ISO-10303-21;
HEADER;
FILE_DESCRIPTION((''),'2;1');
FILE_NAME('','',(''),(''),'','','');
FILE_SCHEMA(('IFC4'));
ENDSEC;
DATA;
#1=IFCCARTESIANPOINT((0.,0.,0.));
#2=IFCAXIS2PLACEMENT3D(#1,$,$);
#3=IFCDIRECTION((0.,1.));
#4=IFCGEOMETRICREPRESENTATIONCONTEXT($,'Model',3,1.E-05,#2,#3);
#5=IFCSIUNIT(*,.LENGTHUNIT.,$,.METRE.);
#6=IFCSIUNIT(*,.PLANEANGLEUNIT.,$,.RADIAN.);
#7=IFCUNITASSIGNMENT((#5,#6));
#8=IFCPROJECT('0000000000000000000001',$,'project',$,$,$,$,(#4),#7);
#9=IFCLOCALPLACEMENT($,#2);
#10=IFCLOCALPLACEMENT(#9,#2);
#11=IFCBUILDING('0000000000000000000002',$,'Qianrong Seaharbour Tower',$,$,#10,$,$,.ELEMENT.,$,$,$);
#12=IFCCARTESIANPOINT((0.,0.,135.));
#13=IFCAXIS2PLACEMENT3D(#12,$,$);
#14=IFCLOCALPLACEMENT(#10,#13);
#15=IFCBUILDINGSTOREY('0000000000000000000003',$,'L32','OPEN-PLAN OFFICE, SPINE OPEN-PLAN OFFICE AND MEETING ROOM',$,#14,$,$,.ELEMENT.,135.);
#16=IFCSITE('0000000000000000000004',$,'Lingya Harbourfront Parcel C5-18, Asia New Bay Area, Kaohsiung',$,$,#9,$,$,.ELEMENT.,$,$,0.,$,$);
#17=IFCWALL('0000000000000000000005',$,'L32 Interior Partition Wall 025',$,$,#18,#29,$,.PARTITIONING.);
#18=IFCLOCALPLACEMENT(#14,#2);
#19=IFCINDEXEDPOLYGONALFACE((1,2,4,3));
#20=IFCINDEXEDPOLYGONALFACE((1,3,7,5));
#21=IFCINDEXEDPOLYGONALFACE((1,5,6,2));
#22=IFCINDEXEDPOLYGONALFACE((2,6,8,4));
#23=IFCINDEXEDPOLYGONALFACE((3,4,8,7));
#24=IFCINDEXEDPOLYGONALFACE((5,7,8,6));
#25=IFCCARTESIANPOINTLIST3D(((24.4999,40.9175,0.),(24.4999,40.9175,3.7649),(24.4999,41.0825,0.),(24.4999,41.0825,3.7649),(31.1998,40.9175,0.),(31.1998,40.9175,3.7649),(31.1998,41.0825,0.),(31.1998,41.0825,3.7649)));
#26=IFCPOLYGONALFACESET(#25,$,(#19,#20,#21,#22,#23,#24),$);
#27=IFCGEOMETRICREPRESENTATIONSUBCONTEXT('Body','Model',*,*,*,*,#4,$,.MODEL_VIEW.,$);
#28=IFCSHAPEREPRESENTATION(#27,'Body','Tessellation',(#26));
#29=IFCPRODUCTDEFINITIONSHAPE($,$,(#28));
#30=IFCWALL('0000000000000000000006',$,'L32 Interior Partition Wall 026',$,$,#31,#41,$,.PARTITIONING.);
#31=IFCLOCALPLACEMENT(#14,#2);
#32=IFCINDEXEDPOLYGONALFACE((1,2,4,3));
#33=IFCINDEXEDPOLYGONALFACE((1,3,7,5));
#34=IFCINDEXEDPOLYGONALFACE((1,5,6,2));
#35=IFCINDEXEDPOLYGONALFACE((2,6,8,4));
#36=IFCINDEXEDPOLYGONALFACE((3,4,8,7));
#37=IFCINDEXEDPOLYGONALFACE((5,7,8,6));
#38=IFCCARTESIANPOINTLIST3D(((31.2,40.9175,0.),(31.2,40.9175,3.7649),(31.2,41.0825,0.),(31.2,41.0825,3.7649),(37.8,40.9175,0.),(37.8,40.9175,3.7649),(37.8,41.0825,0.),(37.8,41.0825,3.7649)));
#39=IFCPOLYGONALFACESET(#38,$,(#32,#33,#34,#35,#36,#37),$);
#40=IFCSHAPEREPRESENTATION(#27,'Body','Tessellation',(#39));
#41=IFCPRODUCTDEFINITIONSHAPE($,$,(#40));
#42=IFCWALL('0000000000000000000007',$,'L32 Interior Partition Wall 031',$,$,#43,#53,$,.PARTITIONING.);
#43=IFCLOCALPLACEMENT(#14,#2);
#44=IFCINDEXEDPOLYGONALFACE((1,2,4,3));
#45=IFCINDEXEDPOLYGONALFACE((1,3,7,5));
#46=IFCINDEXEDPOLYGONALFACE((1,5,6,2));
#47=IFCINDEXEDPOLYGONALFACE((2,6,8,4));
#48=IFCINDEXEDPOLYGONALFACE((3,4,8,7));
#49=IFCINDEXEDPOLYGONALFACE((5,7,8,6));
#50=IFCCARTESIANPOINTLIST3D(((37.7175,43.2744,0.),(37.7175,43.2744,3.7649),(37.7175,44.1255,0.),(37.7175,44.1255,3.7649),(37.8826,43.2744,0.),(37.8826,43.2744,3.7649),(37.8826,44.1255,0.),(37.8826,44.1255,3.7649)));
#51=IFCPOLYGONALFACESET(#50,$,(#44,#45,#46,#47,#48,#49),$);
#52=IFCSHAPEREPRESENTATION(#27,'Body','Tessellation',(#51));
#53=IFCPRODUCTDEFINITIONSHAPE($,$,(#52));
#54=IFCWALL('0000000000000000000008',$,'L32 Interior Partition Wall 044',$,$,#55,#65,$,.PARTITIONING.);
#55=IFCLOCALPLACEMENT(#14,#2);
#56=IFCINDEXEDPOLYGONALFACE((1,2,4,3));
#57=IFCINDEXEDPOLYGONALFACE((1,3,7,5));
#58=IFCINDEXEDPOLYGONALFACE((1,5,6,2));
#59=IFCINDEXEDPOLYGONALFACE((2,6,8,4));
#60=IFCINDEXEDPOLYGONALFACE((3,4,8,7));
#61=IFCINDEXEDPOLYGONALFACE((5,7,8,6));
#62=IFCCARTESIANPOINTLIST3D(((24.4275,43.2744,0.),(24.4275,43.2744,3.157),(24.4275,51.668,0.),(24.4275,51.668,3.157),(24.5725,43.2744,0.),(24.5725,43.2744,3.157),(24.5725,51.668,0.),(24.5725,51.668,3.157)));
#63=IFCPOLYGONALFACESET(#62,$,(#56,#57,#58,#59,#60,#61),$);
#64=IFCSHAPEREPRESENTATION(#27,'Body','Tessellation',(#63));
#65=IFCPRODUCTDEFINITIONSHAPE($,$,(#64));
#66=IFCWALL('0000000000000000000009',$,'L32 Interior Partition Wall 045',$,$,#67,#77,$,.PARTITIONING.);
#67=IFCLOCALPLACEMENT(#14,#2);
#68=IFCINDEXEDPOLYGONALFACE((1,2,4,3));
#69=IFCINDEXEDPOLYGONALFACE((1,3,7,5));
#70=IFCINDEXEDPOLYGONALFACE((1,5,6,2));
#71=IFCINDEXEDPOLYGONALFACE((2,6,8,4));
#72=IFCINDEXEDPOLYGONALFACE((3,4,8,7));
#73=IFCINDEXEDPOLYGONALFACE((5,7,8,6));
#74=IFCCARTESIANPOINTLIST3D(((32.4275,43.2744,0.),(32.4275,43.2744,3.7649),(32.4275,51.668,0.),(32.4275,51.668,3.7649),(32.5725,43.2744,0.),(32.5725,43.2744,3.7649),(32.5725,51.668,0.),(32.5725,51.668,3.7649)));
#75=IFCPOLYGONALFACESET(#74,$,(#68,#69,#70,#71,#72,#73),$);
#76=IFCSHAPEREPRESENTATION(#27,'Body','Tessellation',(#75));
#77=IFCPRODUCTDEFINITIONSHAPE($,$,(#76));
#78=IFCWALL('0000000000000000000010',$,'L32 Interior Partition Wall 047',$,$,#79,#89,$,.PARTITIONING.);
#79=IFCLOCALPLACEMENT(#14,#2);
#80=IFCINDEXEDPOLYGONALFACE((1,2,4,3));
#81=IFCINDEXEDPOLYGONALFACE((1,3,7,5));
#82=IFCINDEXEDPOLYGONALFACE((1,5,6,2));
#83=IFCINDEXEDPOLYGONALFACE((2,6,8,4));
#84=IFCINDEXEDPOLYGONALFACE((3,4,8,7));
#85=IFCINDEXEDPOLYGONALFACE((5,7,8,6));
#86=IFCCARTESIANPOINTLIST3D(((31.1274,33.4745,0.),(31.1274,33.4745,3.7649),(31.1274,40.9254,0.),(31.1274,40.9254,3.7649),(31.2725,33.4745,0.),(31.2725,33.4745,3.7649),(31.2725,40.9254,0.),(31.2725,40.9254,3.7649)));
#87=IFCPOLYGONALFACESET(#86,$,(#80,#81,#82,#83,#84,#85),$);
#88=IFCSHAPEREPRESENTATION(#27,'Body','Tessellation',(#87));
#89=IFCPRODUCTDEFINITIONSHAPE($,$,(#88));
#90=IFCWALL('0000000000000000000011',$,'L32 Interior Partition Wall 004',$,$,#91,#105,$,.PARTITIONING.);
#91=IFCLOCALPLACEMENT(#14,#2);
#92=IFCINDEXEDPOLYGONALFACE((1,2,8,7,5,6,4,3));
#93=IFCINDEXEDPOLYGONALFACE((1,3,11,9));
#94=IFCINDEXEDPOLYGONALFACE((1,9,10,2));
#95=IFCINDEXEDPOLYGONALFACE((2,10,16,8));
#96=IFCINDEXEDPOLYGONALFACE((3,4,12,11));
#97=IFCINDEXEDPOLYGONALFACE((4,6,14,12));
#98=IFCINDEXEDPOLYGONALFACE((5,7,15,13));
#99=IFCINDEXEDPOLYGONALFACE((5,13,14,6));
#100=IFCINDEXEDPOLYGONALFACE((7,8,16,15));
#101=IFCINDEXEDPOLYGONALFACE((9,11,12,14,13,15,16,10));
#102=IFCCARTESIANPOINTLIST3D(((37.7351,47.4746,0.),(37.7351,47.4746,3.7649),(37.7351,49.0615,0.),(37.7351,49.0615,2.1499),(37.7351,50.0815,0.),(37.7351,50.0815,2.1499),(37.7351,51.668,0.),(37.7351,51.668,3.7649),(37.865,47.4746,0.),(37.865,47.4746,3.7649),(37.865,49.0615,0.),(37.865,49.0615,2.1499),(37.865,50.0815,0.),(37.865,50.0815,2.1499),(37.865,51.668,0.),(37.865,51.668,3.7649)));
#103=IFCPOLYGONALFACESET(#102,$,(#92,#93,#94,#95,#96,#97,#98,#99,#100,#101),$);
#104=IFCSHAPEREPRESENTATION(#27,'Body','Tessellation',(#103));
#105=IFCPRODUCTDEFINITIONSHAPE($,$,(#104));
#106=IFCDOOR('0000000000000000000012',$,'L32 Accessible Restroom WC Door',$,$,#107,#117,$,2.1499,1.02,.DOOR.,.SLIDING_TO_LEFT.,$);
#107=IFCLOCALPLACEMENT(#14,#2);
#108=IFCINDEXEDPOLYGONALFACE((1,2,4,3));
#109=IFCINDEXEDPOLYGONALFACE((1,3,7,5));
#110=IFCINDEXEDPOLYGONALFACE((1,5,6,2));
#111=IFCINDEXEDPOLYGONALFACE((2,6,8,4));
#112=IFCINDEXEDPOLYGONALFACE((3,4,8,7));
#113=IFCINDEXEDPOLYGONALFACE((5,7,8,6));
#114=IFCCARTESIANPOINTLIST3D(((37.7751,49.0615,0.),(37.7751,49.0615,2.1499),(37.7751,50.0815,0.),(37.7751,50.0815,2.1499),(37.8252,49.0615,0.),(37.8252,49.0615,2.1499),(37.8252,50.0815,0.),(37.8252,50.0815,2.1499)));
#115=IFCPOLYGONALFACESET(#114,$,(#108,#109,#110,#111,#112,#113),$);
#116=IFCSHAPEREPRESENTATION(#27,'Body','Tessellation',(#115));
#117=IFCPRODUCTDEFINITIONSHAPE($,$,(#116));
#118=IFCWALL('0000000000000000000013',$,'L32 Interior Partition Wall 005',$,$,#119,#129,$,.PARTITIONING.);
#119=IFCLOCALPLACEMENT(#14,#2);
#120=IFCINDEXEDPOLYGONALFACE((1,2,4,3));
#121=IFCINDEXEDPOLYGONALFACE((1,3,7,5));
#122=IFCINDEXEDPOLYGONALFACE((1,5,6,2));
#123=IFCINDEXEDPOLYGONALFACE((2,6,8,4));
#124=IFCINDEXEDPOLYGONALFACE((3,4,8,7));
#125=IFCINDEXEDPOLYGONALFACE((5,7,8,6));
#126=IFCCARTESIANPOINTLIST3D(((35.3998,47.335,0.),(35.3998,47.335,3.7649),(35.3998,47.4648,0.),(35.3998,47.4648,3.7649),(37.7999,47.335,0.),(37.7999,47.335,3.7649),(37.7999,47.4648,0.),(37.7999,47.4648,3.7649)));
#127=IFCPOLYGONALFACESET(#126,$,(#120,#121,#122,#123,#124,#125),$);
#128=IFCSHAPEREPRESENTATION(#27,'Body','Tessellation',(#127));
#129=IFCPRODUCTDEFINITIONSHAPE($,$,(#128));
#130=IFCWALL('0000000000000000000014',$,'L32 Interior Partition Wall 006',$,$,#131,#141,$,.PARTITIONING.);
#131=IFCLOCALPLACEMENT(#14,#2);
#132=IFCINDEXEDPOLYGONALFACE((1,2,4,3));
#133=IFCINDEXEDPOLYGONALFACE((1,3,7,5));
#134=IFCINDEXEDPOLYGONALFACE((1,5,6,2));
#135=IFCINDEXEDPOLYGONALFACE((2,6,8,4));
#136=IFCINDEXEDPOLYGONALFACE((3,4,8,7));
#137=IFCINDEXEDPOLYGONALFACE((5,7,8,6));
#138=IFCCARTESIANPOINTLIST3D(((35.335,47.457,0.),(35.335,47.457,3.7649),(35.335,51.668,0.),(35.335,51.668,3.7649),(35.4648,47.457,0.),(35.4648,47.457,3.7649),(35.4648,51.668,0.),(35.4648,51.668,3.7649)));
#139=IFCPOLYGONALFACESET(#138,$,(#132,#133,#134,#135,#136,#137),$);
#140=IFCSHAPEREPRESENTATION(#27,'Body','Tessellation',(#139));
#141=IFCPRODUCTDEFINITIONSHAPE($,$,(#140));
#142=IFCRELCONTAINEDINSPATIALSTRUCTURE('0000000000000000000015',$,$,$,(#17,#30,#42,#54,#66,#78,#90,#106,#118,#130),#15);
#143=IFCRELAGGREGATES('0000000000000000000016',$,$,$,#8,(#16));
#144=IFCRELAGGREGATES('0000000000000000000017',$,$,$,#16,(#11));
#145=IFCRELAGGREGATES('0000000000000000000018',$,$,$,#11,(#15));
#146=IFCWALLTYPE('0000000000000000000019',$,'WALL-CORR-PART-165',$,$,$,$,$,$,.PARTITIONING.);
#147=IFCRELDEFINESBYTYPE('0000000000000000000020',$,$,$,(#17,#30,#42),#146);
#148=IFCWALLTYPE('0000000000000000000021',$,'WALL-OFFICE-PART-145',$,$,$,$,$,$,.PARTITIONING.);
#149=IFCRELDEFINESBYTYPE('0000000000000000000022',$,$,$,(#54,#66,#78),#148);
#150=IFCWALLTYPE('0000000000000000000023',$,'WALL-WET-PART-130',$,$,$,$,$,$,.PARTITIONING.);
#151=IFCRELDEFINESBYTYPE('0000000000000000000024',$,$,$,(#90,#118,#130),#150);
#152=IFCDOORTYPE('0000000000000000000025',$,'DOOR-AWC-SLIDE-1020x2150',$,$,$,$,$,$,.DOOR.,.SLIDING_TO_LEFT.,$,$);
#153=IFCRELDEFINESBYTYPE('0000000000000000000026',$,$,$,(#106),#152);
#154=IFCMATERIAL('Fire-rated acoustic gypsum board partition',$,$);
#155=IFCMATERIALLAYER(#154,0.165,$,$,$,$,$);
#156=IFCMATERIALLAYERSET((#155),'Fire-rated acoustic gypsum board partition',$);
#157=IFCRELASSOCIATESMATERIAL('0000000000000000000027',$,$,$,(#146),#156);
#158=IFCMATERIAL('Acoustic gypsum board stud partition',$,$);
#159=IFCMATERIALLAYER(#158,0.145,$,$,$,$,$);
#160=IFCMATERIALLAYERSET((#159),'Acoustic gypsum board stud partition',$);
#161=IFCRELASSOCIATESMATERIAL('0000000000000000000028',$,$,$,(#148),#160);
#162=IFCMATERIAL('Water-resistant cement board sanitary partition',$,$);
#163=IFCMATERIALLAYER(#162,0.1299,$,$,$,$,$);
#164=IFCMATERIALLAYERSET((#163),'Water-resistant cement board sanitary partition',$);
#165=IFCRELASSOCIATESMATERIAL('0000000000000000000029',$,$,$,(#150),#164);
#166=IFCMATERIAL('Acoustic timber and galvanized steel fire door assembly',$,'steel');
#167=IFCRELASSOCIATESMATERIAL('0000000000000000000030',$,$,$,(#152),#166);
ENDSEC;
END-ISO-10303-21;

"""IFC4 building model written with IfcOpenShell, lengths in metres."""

from ifc_helpers import new_model, si_unit, direction, frame, frame_2d, origin, place, context, subcontext, project, spatial, rectangle, extrude, material, layer, layer_set, type_object, element, fill, save


model = new_model("IFC4")

# Units and contexts
model_context = context("Model", 3, precision=1e-05, world=origin(), true_north=direction((0.0, 1.0)))
body_context = subcontext(model_context, "Body", "Model", "MODEL_VIEW")
ifc_project = project(units=[si_unit("LENGTHUNIT", "METRE"), si_unit("PLANEANGLEUNIT", "RADIAN")], contexts=[model_context])

# Site, building, storey
site_placement = place(None, origin())
site = spatial("IfcSite", under=ifc_project, at=site_placement, Name="Lingya Harbourfront Parcel C5-18, Asia New Bay Area, Kaohsiung", CompositionType="ELEMENT", RefElevation=0.0)
building_placement = place(site_placement, origin())
building = spatial("IfcBuilding", under=site, at=building_placement, Name="Qianrong Seaharbour Tower", CompositionType="ELEMENT")
storey_placement = place(building_placement, frame((0.0, 0.0, 135.0)))
storey = spatial("IfcBuildingStorey", under=building, at=storey_placement, Name="L32", Description="OPEN-PLAN OFFICE, SPINE OPEN-PLAN OFFICE AND MEETING ROOM", CompositionType="ELEMENT", Elevation=135.0)

# Shared definitions
ifc_material_1 = material(Name="Fire-rated acoustic gypsum board partition")
ifc_layer_1 = layer(ifc_material_1, 0.165)
ifc_layer_set_1 = layer_set([ifc_layer_1], Name="Fire-rated acoustic gypsum board partition")
wall_type_1 = type_object("IfcWallType", Name="WALL-CORR-PART-165", PredefinedType="PARTITIONING", material=ifc_layer_set_1)
ifc_material_2 = material(Name="Acoustic timber and galvanized steel fire door assembly", Category="steel")

# Walls
wall_1_placement = place(storey_placement, frame((31.2, 41.0, 0.0), z_axis=(0.0, 0.0, 1.0), x_axis=(-1.0, 0.0, 0.0)))
element("IfcWall", 1, at=wall_1_placement, inside=storey, type_object=wall_type_1, Name="L32 Interior Partition Wall 025", PredefinedType="PARTITIONING", context=body_context, shape_type="SweptSolid", body=[
    extrude(rectangle(XDim=6.7, YDim=0.165, at=frame_2d((3.3501, 0.0))), origin(), (0.0, 0.0, 1.0), 3.7649),
])
wall_2_placement = place(storey_placement, frame((37.8, 41.0, 0.0), z_axis=(0.0, 0.0, 1.0), x_axis=(-1.0, 0.0, 0.0)))
element("IfcWall", 2, at=wall_2_placement, inside=storey, type_object=wall_type_1, Name="L32 Interior Partition Wall 026", PredefinedType="PARTITIONING", context=body_context, shape_type="SweptSolid", body=[
    extrude(rectangle(XDim=6.6001, YDim=0.165, at=frame_2d((3.3, 0.0))), origin(), (0.0, 0.0, 1.0), 3.7649),
])
wall_3_placement = place(storey_placement, frame((37.8, 43.2744, 0.0), z_axis=(0.0, 0.0, 1.0), x_axis=(0.0, 1.0, 0.0)))
element("IfcWall", 3, at=wall_3_placement, inside=storey, type_object=wall_type_1, Name="L32 Interior Partition Wall 031", PredefinedType="PARTITIONING", context=body_context, shape_type="SweptSolid", body=[
    extrude(rectangle(XDim=0.8511, YDim=0.165, at=frame_2d((0.4255, 0.0))), origin(), (0.0, 0.0, 1.0), 3.7649),
])
ifc_material_3 = material(Name="Acoustic gypsum board stud partition")
ifc_layer_2 = layer(ifc_material_3, 0.145)
ifc_layer_set_2 = layer_set([ifc_layer_2], Name="Acoustic gypsum board stud partition")
wall_type_2 = type_object("IfcWallType", Name="WALL-OFFICE-PART-145", PredefinedType="PARTITIONING", material=ifc_layer_set_2)
wall_4_placement = place(storey_placement, frame((24.5, 51.668, 0.0), z_axis=(0.0, 0.0, 1.0), x_axis=(0.0, -1.0, 0.0)))
element("IfcWall", 4, at=wall_4_placement, inside=storey, type_object=wall_type_2, Name="L32 Interior Partition Wall 044", PredefinedType="PARTITIONING", context=body_context, shape_type="SweptSolid", body=[
    extrude(rectangle(XDim=8.3936, YDim=0.145, at=frame_2d((4.1968, 0.0))), origin(), (0.0, 0.0, 1.0), 3.157),
])
wall_5_placement = place(storey_placement, frame((32.5, 51.668, 0.0), z_axis=(0.0, 0.0, 1.0), x_axis=(0.0, -1.0, 0.0)))
element("IfcWall", 5, at=wall_5_placement, inside=storey, type_object=wall_type_2, Name="L32 Interior Partition Wall 045", PredefinedType="PARTITIONING", context=body_context, shape_type="SweptSolid", body=[
    extrude(rectangle(XDim=8.3936, YDim=0.145, at=frame_2d((4.1968, 0.0))), origin(), (0.0, 0.0, 1.0), 3.7649),
])
wall_6_placement = place(storey_placement, frame((31.2, 40.9255, 0.0), z_axis=(0.0, 0.0, 1.0), x_axis=(0.0, -1.0, 0.0)))
element("IfcWall", 6, at=wall_6_placement, inside=storey, type_object=wall_type_2, Name="L32 Interior Partition Wall 047", PredefinedType="PARTITIONING", context=body_context, shape_type="SweptSolid", body=[
    extrude(rectangle(XDim=7.4509, YDim=0.145, at=frame_2d((3.7256, 0.0))), origin(), (0.0, 0.0, 1.0), 3.7649),
])

# Wall, opening, door
ifc_material_4 = material(Name="Water-resistant cement board sanitary partition")
ifc_layer_3 = layer(ifc_material_4, 0.1299)
ifc_layer_set_3 = layer_set([ifc_layer_3], Name="Water-resistant cement board sanitary partition")
wall_type_3 = type_object("IfcWallType", Name="WALL-WET-PART-130", PredefinedType="PARTITIONING", material=ifc_layer_set_3)
wall_7_placement = place(storey_placement, frame((37.8, 47.4746, 0.0), z_axis=(0.0, 0.0, 1.0), x_axis=(0.0, 1.0, 0.0)))
wall_7 = element("IfcWall", 7, at=wall_7_placement, inside=storey, type_object=wall_type_3, Name="L32 Interior Partition Wall 004", PredefinedType="PARTITIONING", context=body_context, shape_type="SweptSolid", body=[
    extrude(rectangle(XDim=4.1934, YDim=0.1299, at=frame_2d((2.0967, 0.0))), origin(), (0.0, 0.0, 1.0), 3.7649),
])
opening_1_placement = place(wall_7_placement, frame((1.5869, 0.0, 0.0)))
opening_1 = element("IfcOpeningElement", 8, at=opening_1_placement, cuts=wall_7, PredefinedType="OPENING", context=body_context, shape_type="SweptSolid", body=[
    extrude(rectangle(XDim=1.02, YDim=2.1499, at=frame_2d((0.51, 1.075))), frame((0.0, 0.075, 0.0), z_axis=(0.0, -1.0, 0.0), x_axis=(1.0, 0.0, 0.0)), (0.0, 0.0, 1.0), 0.1499),
])
door_type_1 = type_object("IfcDoorType", Name="DOOR-AWC-SLIDE-1020x2150", OperationType="SLIDING_TO_LEFT", PredefinedType="DOOR", material=ifc_material_2)
door_1_placement = place(opening_1_placement, origin())
door_1 = element("IfcDoor", 9, at=door_1_placement, inside=storey, type_object=door_type_1, Name="L32 Accessible Restroom WC Door", OperationType="SLIDING_TO_LEFT", OverallHeight=2.1499, OverallWidth=1.02, PredefinedType="DOOR", context=body_context, shape_type="SweptSolid", body=[
    extrude(rectangle(XDim=1.02, YDim=2.1499, at=frame_2d((0.51, 1.075))), frame((0.0, 0.0249, 0.0), z_axis=(0.0, -1.0, 0.0), x_axis=(1.0, 0.0, 0.0)), (0.0, 0.0, 1.0), 0.05),
])
fill(opening_1, door_1)

# Walls
wall_8_placement = place(storey_placement, frame((37.8, 47.3999, 0.0), z_axis=(0.0, 0.0, 1.0), x_axis=(-1.0, 0.0, 0.0)))
element("IfcWall", 10, at=wall_8_placement, inside=storey, type_object=wall_type_3, Name="L32 Interior Partition Wall 005", PredefinedType="PARTITIONING", context=body_context, shape_type="SweptSolid", body=[
    extrude(rectangle(XDim=2.4001, YDim=0.1299, at=frame_2d((1.2002, 0.0))), origin(), (0.0, 0.0, 1.0), 3.7649),
])
wall_9_placement = place(storey_placement, frame((35.3999, 47.457, 0.0), z_axis=(0.0, 0.0, 1.0), x_axis=(0.0, 1.0, 0.0)))
element("IfcWall", 11, at=wall_9_placement, inside=storey, type_object=wall_type_3, Name="L32 Interior Partition Wall 006", PredefinedType="PARTITIONING", context=body_context, shape_type="SweptSolid", body=[
    extrude(rectangle(XDim=4.2109, YDim=0.1299, at=frame_2d((2.1055, 0.0))), origin(), (0.0, 0.0, 1.0), 3.7649),
])

save(model, "model.ifc")
